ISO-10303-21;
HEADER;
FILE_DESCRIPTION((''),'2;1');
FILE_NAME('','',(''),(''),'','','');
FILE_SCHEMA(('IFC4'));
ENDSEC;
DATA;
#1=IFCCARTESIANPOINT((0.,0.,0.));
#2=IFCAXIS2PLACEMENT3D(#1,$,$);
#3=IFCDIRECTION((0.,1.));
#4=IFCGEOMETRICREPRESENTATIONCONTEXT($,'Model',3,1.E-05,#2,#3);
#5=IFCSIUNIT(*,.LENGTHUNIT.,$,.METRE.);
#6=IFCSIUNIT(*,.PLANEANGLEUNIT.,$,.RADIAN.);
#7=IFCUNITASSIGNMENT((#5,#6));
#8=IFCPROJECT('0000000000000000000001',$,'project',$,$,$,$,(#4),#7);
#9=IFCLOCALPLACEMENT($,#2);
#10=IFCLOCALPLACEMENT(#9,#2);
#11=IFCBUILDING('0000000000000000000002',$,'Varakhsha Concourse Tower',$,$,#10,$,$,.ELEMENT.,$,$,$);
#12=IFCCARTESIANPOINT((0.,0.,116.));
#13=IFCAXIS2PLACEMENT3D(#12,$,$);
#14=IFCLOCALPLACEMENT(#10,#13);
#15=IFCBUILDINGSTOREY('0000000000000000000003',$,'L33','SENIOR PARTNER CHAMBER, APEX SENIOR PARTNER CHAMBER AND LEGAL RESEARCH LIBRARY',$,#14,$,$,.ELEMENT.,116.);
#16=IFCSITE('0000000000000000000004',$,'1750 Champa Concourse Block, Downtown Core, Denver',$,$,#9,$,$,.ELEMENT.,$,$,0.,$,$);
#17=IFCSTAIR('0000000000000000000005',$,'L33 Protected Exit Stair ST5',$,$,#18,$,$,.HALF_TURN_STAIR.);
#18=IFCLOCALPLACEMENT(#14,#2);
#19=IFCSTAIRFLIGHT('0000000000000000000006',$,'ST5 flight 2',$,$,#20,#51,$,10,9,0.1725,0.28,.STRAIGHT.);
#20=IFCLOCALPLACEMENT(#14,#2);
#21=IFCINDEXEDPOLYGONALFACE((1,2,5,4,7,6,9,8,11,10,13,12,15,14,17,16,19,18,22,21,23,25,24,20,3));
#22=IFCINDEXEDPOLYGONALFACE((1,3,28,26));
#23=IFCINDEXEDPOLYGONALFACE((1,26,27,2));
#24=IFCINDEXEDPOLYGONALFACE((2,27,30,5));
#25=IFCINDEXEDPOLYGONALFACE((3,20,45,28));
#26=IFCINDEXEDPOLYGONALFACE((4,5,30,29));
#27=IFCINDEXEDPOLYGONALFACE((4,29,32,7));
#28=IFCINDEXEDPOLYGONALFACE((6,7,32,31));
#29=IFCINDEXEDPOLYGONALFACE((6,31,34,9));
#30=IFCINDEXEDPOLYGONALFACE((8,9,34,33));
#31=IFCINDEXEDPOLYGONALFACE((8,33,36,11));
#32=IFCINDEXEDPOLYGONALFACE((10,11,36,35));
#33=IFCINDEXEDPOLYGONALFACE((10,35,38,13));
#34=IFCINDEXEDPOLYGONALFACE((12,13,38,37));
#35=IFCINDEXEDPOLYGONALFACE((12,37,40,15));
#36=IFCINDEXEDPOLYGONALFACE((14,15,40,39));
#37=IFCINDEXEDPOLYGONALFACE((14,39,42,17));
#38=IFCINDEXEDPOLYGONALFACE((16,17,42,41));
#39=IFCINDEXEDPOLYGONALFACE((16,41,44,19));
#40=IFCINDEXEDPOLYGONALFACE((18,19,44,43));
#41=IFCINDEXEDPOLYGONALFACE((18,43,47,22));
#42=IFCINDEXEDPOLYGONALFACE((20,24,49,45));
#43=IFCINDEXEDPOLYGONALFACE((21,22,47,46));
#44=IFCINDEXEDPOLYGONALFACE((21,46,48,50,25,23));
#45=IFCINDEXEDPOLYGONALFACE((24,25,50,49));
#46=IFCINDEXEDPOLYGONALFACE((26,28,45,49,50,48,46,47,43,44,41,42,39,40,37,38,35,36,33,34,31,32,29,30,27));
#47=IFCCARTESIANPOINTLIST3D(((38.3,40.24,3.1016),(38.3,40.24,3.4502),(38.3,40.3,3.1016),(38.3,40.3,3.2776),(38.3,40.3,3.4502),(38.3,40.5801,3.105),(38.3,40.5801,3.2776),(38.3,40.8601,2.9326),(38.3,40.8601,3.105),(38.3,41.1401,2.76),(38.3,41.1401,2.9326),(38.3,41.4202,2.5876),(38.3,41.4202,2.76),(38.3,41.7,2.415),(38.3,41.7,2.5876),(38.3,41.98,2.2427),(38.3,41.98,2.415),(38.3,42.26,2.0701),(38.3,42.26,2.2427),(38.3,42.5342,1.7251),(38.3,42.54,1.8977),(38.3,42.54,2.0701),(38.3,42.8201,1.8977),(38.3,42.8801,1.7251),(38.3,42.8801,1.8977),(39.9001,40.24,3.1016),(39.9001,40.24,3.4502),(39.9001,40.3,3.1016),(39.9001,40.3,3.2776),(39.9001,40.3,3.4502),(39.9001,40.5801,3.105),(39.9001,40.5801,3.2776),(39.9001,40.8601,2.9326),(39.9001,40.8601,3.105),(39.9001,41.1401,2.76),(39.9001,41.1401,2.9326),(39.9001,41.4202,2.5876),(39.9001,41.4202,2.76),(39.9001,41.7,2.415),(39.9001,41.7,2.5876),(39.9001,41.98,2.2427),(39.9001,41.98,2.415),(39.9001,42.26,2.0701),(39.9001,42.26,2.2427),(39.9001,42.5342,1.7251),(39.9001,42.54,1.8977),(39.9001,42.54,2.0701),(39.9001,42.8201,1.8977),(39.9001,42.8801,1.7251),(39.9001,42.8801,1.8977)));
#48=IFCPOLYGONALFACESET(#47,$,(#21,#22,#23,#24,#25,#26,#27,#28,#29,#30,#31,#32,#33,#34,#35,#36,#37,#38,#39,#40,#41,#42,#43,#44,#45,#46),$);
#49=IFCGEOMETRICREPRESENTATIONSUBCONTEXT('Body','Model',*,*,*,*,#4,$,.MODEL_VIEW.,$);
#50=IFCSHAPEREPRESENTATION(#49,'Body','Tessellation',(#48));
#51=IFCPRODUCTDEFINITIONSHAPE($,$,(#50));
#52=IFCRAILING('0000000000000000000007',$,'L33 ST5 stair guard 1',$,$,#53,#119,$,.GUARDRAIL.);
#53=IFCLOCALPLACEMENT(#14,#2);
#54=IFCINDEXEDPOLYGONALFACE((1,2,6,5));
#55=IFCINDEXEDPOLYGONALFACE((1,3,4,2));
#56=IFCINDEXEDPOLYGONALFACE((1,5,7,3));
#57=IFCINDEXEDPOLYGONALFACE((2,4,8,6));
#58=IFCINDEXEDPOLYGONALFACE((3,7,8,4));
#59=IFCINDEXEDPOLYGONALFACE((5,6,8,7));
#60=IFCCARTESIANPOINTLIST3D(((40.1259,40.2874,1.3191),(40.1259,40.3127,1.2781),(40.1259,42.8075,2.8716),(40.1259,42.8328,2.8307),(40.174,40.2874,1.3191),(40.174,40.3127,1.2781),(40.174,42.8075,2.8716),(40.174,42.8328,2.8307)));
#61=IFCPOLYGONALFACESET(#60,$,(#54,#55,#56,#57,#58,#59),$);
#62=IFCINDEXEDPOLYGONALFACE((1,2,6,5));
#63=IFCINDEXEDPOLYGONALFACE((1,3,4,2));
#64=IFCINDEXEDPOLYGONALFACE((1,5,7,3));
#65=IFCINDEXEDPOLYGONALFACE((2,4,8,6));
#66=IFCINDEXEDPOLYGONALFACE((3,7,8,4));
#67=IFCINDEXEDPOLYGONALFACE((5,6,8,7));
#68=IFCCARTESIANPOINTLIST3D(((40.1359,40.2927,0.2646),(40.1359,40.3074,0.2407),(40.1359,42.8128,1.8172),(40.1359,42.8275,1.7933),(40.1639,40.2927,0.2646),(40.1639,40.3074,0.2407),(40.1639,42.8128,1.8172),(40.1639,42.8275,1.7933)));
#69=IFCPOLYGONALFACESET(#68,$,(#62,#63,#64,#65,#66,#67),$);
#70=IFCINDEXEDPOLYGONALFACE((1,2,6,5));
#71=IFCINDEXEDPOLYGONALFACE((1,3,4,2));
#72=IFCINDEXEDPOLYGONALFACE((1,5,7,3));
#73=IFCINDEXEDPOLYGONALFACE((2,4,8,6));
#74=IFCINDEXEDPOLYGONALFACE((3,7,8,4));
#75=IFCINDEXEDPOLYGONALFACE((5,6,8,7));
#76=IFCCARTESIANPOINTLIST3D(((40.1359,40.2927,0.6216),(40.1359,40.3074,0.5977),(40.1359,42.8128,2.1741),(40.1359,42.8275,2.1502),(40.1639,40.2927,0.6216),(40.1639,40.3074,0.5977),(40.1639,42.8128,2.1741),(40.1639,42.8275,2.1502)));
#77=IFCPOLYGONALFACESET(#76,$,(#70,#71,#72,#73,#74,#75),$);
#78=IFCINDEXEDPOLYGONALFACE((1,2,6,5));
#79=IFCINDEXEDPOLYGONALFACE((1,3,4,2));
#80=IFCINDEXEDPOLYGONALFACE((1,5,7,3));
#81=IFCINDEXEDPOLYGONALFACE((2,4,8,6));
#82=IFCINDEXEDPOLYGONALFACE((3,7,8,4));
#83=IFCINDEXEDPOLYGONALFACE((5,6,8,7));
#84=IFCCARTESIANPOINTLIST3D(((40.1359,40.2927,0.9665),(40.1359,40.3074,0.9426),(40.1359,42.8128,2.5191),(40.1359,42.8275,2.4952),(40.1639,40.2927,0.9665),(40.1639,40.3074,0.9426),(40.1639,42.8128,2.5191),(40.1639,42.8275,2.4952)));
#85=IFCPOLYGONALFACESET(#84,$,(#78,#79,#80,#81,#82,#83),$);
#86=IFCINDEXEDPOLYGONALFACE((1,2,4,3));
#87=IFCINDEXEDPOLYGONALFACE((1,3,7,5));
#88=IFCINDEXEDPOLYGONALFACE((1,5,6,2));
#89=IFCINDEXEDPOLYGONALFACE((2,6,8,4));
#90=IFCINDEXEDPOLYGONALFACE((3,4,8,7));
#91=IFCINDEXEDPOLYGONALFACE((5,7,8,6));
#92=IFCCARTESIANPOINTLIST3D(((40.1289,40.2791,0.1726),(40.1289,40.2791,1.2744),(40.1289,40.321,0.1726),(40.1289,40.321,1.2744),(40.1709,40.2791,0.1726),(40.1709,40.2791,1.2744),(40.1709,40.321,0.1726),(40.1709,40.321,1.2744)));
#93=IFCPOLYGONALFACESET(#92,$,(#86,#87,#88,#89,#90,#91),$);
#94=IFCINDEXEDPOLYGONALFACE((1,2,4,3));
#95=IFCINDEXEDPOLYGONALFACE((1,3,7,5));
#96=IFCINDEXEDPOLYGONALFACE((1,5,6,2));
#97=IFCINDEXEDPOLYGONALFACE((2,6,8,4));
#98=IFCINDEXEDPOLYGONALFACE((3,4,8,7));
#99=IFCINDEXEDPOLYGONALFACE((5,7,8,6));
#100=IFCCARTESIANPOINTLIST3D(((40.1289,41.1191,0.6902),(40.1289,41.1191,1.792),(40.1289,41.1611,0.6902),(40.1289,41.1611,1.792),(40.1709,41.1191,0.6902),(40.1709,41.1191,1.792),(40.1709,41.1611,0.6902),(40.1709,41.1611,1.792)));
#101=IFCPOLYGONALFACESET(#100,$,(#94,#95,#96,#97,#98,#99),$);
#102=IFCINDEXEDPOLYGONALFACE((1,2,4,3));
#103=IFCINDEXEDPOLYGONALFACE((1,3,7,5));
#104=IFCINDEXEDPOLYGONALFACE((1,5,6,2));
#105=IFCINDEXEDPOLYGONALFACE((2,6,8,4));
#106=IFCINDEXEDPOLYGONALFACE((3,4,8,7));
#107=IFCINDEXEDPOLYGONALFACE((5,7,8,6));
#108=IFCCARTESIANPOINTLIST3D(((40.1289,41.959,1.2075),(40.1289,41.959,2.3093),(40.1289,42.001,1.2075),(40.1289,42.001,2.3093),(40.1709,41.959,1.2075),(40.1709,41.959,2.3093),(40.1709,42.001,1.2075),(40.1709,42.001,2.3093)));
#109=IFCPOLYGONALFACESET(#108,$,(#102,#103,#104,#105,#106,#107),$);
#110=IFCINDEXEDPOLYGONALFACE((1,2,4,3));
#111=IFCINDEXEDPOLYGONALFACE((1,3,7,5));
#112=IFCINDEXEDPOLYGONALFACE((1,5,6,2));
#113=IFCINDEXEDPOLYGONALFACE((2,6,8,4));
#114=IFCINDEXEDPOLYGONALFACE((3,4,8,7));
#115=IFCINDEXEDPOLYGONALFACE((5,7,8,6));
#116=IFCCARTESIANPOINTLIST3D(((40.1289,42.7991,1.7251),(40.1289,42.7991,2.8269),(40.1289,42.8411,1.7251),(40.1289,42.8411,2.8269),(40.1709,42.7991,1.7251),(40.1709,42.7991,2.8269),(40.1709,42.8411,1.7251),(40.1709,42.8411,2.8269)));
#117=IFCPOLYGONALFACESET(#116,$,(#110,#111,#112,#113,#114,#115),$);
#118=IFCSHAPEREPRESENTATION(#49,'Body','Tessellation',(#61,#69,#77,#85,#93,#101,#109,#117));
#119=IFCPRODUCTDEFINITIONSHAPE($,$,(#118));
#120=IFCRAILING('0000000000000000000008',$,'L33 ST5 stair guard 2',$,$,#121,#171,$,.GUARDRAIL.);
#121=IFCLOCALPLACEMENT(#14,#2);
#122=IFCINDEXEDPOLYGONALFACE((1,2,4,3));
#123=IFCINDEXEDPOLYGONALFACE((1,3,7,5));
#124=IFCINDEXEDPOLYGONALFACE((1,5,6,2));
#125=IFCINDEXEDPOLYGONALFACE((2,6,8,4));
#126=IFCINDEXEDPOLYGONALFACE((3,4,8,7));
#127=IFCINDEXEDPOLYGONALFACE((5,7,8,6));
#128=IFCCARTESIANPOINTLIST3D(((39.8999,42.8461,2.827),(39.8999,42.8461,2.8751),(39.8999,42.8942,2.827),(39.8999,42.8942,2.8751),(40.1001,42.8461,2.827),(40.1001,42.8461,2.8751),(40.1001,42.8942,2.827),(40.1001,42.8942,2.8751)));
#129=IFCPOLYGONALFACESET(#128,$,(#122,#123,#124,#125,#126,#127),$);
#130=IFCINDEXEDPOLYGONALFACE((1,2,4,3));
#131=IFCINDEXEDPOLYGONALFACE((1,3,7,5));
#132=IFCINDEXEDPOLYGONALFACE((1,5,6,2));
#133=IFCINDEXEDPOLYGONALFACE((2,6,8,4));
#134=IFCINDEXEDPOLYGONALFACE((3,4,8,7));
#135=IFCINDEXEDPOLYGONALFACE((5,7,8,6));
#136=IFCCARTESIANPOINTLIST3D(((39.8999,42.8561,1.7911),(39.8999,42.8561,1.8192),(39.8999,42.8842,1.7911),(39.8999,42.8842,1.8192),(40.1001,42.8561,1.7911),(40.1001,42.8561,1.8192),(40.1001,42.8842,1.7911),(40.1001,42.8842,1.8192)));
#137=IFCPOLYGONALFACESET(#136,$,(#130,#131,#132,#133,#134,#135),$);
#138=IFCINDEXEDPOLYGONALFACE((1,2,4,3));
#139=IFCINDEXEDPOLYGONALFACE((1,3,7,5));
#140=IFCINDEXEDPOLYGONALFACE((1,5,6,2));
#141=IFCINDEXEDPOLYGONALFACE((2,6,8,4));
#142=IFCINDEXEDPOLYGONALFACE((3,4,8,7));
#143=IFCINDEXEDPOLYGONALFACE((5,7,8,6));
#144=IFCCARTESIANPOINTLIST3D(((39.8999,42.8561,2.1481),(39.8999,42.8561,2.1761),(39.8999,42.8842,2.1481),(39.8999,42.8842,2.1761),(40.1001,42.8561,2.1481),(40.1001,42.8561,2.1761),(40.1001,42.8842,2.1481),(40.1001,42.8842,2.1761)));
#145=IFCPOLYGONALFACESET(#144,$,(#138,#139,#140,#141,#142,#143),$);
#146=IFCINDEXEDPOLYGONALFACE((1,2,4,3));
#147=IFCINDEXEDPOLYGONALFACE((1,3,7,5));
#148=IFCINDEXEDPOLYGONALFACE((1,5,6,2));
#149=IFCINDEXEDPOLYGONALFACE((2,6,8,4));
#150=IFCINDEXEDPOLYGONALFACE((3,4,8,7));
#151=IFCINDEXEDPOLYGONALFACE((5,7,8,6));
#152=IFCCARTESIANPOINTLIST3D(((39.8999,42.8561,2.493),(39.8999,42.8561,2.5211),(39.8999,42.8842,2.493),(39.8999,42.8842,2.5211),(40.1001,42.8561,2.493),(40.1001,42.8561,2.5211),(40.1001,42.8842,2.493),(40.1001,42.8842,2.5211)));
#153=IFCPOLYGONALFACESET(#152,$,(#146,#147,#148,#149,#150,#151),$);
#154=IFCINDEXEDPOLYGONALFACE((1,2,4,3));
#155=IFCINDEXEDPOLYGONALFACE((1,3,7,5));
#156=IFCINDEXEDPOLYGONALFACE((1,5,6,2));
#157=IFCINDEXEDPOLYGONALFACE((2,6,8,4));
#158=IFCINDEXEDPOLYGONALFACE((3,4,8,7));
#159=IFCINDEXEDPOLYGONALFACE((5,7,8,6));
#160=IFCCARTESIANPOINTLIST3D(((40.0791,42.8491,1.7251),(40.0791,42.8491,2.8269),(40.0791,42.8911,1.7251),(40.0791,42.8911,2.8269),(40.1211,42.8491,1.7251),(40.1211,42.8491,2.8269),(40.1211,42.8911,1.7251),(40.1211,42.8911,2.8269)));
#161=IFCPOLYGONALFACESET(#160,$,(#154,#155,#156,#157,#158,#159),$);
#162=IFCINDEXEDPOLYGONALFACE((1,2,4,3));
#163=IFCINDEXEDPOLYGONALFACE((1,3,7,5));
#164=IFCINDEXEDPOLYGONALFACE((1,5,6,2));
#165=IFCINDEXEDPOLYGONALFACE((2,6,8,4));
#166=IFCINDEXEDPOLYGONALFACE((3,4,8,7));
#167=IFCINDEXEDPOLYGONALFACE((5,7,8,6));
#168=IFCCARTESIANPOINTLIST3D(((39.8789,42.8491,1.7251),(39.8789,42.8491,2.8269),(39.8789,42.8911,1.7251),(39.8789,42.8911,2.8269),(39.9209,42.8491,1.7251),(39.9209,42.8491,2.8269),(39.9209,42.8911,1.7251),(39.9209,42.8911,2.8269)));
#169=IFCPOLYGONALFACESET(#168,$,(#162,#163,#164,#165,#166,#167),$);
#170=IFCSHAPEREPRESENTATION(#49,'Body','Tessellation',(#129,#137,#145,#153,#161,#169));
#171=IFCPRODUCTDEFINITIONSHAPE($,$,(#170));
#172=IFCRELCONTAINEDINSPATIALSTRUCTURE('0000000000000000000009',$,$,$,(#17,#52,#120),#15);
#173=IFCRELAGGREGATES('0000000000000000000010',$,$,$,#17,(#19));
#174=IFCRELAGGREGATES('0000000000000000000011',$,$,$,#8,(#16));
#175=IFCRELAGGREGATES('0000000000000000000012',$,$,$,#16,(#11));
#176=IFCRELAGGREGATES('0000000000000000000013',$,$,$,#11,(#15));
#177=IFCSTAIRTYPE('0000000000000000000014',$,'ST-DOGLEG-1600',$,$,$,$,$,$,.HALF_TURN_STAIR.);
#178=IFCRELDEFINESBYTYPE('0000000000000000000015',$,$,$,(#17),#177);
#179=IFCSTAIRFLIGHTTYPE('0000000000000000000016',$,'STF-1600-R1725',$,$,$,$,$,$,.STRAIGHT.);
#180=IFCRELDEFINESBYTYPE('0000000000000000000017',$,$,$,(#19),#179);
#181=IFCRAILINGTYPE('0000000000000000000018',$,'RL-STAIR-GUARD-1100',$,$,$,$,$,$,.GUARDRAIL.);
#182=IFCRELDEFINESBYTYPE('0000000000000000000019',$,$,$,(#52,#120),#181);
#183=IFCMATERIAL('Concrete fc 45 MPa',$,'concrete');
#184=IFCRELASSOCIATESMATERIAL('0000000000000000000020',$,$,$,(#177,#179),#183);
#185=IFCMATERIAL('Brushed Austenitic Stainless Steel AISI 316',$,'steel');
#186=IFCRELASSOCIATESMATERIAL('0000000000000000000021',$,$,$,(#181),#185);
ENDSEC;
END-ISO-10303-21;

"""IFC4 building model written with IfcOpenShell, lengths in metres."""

from ifc_helpers import new_model, si_unit, direction, frame, origin, origin_2d, place, context, subcontext, project, spatial, polyline, rectangle, outline, extrude, material, type_object, element, aggregate, save


model = new_model("IFC4")

# Units and contexts
model_context = context("Model", 3, precision=1e-05, world=origin(), true_north=direction((0.0, 1.0)))
body_context = subcontext(model_context, "Body", "Model", "MODEL_VIEW")
ifc_project = project(units=[si_unit("LENGTHUNIT", "METRE"), si_unit("PLANEANGLEUNIT", "RADIAN")], contexts=[model_context])

# Site, building, storey
site_placement = place(None, origin())
site = spatial("IfcSite", under=ifc_project, at=site_placement, Name="1750 Champa Concourse Block, Downtown Core, Denver", CompositionType="ELEMENT", RefElevation=0.0)
building_placement = place(site_placement, origin())
building = spatial("IfcBuilding", under=site, at=building_placement, Name="Varakhsha Concourse Tower", CompositionType="ELEMENT")
storey_placement = place(building_placement, frame((0.0, 0.0, 116.0)))
storey = spatial("IfcBuildingStorey", under=building, at=storey_placement, Name="L33", Description="SENIOR PARTNER CHAMBER, APEX SENIOR PARTNER CHAMBER AND LEGAL RESEARCH LIBRARY", CompositionType="ELEMENT", Elevation=116.0)

# Shared definitions
ifc_material_1 = material(Name="Concrete fc 45 MPa", Category="concrete")

# Stair, stair flight
stair_type = type_object("IfcStairType", Name="ST-DOGLEG-1600", PredefinedType="HALF_TURN_STAIR", material=ifc_material_1)
stair_placement = place(storey_placement, origin())
stair = element("IfcStair", 1, at=stair_placement, inside=storey, type_object=stair_type, Name="L33 Protected Exit Stair ST5", PredefinedType="HALF_TURN_STAIR")
stair_flight_type = type_object("IfcStairFlightType", Name="STF-1600-R1725", PredefinedType="STRAIGHT", material=ifc_material_1)
stair_flight_1_placement = place(storey_placement, frame((39.1001, 42.8201, 1.7251), z_axis=(0.0, 0.0, 1.0), x_axis=(0.0, -1.0, 0.0)))
stair_flight_1 = element("IfcStairFlight", 2, at=stair_flight_1_placement, type_object=stair_flight_type, Name="ST5 flight 2", NumberOfRisers=10, NumberOfTreads=9, PredefinedType="STRAIGHT", RiserHeight=0.1725, TreadLength=0.28, context=body_context, shape_type="SweptSolid", body=[
    extrude(outline(polyline([(-0.0601, 0.0), (-0.0601, 0.1726), (0.0, 0.1726), (0.28, 0.1726), (0.28, 0.345), (0.5601, 0.345), (0.5601, 0.5176), (0.8401, 0.5176), (0.8401, 0.6899), (1.1201, 0.6899), (1.1201, 0.8625), (1.3999, 0.8625), (1.3999, 1.0349), (1.6799, 1.0349), (1.6799, 1.2075), (1.96, 1.2075), (1.96, 1.3799), (2.24, 1.3799), (2.24, 1.5525), (2.52, 1.5525), (2.52, 1.7251), (2.5801, 1.7251), (2.5801, 1.3765), (2.52, 1.3765), (0.2859, 0.0), (-0.0601, 0.0)])), frame((0.0, 0.8, 0.0), z_axis=(0.0, -1.0, 0.0), x_axis=(1.0, 0.0, 0.0)), (0.0, 0.0, 1.0), 1.6001),
])
aggregate(stair, [stair_flight_1])

# Railings
ifc_material_2 = material(Name="Brushed Austenitic Stainless Steel AISI 316", Category="steel")
railing_type_1 = type_object("IfcRailingType", Name="RL-STAIR-GUARD-1100", PredefinedType="GUARDRAIL", material=ifc_material_2)
railing_1_placement = place(storey_placement, frame((40.1499, 40.3, 0.1726)))
element("IfcRailing", 3, at=railing_1_placement, inside=storey, type_object=railing_type_1, Name="L33 ST5 stair guard 1", PredefinedType="GUARDRAIL", context=body_context, shape_type="SweptSolid", body=[
    extrude(rectangle(XDim=0.0481, YDim=0.0481, at=origin_2d()), frame((0.0, 0.0, 1.126), z_axis=(0.0, 0.8514, 0.524516), x_axis=(-1.0, 0.0, 0.0)), (0.0, 0.0, 1.0), 2.96),
    extrude(rectangle(XDim=0.0281, YDim=0.0281, at=origin_2d()), frame((0.0, 0.0, 0.0801), z_axis=(0.0, 0.8514, 0.524516), x_axis=(-1.0, 0.0, 0.0)), (0.0, 0.0, 1.0), 2.96),
    extrude(rectangle(XDim=0.0281, YDim=0.0281, at=origin_2d()), frame((0.0, 0.0, 0.437), z_axis=(0.0, 0.8514, 0.524516), x_axis=(-1.0, 0.0, 0.0)), (0.0, 0.0, 1.0), 2.96),
    extrude(rectangle(XDim=0.0281, YDim=0.0281, at=origin_2d()), frame((0.0, 0.0, 0.782), z_axis=(0.0, 0.8514, 0.524516), x_axis=(-1.0, 0.0, 0.0)), (0.0, 0.0, 1.0), 2.96),
    extrude(rectangle(XDim=0.042, YDim=0.042, at=origin_2d()), origin(), (0.0, 0.0, 1.0), 1.1018),
    extrude(rectangle(XDim=0.042, YDim=0.042, at=origin_2d()), frame((0.0, 0.8401, 0.5176)), (0.0, 0.0, 1.0), 1.1018),
    extrude(rectangle(XDim=0.042, YDim=0.042, at=origin_2d()), frame((0.0, 1.6799, 1.0349)), (0.0, 0.0, 1.0), 1.1018),
    extrude(rectangle(XDim=0.042, YDim=0.042, at=origin_2d()), frame((0.0, 2.52, 1.5525)), (0.0, 0.0, 1.0), 1.1018),
])
railing_2_placement = place(storey_placement, frame((40.1001, 42.8701, 1.7251)))
element("IfcRailing", 4, at=railing_2_placement, inside=storey, type_object=railing_type_1, Name="L33 ST5 stair guard 2", PredefinedType="GUARDRAIL", context=body_context, shape_type="SweptSolid", body=[
    extrude(rectangle(XDim=0.0481, YDim=0.0481, at=origin_2d()), frame((0.0, 0.0, 1.126), z_axis=(-1.0, 0.0, 0.0), x_axis=(0.0, -1.0, 0.0)), (0.0, 0.0, 1.0), 0.2002),
    extrude(rectangle(XDim=0.0281, YDim=0.0281, at=origin_2d()), frame((0.0, 0.0, 0.0801), z_axis=(-1.0, 0.0, 0.0), x_axis=(0.0, -1.0, 0.0)), (0.0, 0.0, 1.0), 0.2002),
    extrude(rectangle(XDim=0.0281, YDim=0.0281, at=origin_2d()), frame((0.0, 0.0, 0.437), z_axis=(-1.0, 0.0, 0.0), x_axis=(0.0, -1.0, 0.0)), (0.0, 0.0, 1.0), 0.2002),
    extrude(rectangle(XDim=0.0281, YDim=0.0281, at=origin_2d()), frame((0.0, 0.0, 0.782), z_axis=(-1.0, 0.0, 0.0), x_axis=(0.0, -1.0, 0.0)), (0.0, 0.0, 1.0), 0.2002),
    extrude(rectangle(XDim=0.042, YDim=0.042, at=origin_2d()), origin(), (0.0, 0.0, 1.0), 1.1018),
    extrude(rectangle(XDim=0.042, YDim=0.042, at=origin_2d()), frame((-0.2002, 0.0, 0.0)), (0.0, 0.0, 1.0), 1.1018),
])

save(model, "model.ifc")
